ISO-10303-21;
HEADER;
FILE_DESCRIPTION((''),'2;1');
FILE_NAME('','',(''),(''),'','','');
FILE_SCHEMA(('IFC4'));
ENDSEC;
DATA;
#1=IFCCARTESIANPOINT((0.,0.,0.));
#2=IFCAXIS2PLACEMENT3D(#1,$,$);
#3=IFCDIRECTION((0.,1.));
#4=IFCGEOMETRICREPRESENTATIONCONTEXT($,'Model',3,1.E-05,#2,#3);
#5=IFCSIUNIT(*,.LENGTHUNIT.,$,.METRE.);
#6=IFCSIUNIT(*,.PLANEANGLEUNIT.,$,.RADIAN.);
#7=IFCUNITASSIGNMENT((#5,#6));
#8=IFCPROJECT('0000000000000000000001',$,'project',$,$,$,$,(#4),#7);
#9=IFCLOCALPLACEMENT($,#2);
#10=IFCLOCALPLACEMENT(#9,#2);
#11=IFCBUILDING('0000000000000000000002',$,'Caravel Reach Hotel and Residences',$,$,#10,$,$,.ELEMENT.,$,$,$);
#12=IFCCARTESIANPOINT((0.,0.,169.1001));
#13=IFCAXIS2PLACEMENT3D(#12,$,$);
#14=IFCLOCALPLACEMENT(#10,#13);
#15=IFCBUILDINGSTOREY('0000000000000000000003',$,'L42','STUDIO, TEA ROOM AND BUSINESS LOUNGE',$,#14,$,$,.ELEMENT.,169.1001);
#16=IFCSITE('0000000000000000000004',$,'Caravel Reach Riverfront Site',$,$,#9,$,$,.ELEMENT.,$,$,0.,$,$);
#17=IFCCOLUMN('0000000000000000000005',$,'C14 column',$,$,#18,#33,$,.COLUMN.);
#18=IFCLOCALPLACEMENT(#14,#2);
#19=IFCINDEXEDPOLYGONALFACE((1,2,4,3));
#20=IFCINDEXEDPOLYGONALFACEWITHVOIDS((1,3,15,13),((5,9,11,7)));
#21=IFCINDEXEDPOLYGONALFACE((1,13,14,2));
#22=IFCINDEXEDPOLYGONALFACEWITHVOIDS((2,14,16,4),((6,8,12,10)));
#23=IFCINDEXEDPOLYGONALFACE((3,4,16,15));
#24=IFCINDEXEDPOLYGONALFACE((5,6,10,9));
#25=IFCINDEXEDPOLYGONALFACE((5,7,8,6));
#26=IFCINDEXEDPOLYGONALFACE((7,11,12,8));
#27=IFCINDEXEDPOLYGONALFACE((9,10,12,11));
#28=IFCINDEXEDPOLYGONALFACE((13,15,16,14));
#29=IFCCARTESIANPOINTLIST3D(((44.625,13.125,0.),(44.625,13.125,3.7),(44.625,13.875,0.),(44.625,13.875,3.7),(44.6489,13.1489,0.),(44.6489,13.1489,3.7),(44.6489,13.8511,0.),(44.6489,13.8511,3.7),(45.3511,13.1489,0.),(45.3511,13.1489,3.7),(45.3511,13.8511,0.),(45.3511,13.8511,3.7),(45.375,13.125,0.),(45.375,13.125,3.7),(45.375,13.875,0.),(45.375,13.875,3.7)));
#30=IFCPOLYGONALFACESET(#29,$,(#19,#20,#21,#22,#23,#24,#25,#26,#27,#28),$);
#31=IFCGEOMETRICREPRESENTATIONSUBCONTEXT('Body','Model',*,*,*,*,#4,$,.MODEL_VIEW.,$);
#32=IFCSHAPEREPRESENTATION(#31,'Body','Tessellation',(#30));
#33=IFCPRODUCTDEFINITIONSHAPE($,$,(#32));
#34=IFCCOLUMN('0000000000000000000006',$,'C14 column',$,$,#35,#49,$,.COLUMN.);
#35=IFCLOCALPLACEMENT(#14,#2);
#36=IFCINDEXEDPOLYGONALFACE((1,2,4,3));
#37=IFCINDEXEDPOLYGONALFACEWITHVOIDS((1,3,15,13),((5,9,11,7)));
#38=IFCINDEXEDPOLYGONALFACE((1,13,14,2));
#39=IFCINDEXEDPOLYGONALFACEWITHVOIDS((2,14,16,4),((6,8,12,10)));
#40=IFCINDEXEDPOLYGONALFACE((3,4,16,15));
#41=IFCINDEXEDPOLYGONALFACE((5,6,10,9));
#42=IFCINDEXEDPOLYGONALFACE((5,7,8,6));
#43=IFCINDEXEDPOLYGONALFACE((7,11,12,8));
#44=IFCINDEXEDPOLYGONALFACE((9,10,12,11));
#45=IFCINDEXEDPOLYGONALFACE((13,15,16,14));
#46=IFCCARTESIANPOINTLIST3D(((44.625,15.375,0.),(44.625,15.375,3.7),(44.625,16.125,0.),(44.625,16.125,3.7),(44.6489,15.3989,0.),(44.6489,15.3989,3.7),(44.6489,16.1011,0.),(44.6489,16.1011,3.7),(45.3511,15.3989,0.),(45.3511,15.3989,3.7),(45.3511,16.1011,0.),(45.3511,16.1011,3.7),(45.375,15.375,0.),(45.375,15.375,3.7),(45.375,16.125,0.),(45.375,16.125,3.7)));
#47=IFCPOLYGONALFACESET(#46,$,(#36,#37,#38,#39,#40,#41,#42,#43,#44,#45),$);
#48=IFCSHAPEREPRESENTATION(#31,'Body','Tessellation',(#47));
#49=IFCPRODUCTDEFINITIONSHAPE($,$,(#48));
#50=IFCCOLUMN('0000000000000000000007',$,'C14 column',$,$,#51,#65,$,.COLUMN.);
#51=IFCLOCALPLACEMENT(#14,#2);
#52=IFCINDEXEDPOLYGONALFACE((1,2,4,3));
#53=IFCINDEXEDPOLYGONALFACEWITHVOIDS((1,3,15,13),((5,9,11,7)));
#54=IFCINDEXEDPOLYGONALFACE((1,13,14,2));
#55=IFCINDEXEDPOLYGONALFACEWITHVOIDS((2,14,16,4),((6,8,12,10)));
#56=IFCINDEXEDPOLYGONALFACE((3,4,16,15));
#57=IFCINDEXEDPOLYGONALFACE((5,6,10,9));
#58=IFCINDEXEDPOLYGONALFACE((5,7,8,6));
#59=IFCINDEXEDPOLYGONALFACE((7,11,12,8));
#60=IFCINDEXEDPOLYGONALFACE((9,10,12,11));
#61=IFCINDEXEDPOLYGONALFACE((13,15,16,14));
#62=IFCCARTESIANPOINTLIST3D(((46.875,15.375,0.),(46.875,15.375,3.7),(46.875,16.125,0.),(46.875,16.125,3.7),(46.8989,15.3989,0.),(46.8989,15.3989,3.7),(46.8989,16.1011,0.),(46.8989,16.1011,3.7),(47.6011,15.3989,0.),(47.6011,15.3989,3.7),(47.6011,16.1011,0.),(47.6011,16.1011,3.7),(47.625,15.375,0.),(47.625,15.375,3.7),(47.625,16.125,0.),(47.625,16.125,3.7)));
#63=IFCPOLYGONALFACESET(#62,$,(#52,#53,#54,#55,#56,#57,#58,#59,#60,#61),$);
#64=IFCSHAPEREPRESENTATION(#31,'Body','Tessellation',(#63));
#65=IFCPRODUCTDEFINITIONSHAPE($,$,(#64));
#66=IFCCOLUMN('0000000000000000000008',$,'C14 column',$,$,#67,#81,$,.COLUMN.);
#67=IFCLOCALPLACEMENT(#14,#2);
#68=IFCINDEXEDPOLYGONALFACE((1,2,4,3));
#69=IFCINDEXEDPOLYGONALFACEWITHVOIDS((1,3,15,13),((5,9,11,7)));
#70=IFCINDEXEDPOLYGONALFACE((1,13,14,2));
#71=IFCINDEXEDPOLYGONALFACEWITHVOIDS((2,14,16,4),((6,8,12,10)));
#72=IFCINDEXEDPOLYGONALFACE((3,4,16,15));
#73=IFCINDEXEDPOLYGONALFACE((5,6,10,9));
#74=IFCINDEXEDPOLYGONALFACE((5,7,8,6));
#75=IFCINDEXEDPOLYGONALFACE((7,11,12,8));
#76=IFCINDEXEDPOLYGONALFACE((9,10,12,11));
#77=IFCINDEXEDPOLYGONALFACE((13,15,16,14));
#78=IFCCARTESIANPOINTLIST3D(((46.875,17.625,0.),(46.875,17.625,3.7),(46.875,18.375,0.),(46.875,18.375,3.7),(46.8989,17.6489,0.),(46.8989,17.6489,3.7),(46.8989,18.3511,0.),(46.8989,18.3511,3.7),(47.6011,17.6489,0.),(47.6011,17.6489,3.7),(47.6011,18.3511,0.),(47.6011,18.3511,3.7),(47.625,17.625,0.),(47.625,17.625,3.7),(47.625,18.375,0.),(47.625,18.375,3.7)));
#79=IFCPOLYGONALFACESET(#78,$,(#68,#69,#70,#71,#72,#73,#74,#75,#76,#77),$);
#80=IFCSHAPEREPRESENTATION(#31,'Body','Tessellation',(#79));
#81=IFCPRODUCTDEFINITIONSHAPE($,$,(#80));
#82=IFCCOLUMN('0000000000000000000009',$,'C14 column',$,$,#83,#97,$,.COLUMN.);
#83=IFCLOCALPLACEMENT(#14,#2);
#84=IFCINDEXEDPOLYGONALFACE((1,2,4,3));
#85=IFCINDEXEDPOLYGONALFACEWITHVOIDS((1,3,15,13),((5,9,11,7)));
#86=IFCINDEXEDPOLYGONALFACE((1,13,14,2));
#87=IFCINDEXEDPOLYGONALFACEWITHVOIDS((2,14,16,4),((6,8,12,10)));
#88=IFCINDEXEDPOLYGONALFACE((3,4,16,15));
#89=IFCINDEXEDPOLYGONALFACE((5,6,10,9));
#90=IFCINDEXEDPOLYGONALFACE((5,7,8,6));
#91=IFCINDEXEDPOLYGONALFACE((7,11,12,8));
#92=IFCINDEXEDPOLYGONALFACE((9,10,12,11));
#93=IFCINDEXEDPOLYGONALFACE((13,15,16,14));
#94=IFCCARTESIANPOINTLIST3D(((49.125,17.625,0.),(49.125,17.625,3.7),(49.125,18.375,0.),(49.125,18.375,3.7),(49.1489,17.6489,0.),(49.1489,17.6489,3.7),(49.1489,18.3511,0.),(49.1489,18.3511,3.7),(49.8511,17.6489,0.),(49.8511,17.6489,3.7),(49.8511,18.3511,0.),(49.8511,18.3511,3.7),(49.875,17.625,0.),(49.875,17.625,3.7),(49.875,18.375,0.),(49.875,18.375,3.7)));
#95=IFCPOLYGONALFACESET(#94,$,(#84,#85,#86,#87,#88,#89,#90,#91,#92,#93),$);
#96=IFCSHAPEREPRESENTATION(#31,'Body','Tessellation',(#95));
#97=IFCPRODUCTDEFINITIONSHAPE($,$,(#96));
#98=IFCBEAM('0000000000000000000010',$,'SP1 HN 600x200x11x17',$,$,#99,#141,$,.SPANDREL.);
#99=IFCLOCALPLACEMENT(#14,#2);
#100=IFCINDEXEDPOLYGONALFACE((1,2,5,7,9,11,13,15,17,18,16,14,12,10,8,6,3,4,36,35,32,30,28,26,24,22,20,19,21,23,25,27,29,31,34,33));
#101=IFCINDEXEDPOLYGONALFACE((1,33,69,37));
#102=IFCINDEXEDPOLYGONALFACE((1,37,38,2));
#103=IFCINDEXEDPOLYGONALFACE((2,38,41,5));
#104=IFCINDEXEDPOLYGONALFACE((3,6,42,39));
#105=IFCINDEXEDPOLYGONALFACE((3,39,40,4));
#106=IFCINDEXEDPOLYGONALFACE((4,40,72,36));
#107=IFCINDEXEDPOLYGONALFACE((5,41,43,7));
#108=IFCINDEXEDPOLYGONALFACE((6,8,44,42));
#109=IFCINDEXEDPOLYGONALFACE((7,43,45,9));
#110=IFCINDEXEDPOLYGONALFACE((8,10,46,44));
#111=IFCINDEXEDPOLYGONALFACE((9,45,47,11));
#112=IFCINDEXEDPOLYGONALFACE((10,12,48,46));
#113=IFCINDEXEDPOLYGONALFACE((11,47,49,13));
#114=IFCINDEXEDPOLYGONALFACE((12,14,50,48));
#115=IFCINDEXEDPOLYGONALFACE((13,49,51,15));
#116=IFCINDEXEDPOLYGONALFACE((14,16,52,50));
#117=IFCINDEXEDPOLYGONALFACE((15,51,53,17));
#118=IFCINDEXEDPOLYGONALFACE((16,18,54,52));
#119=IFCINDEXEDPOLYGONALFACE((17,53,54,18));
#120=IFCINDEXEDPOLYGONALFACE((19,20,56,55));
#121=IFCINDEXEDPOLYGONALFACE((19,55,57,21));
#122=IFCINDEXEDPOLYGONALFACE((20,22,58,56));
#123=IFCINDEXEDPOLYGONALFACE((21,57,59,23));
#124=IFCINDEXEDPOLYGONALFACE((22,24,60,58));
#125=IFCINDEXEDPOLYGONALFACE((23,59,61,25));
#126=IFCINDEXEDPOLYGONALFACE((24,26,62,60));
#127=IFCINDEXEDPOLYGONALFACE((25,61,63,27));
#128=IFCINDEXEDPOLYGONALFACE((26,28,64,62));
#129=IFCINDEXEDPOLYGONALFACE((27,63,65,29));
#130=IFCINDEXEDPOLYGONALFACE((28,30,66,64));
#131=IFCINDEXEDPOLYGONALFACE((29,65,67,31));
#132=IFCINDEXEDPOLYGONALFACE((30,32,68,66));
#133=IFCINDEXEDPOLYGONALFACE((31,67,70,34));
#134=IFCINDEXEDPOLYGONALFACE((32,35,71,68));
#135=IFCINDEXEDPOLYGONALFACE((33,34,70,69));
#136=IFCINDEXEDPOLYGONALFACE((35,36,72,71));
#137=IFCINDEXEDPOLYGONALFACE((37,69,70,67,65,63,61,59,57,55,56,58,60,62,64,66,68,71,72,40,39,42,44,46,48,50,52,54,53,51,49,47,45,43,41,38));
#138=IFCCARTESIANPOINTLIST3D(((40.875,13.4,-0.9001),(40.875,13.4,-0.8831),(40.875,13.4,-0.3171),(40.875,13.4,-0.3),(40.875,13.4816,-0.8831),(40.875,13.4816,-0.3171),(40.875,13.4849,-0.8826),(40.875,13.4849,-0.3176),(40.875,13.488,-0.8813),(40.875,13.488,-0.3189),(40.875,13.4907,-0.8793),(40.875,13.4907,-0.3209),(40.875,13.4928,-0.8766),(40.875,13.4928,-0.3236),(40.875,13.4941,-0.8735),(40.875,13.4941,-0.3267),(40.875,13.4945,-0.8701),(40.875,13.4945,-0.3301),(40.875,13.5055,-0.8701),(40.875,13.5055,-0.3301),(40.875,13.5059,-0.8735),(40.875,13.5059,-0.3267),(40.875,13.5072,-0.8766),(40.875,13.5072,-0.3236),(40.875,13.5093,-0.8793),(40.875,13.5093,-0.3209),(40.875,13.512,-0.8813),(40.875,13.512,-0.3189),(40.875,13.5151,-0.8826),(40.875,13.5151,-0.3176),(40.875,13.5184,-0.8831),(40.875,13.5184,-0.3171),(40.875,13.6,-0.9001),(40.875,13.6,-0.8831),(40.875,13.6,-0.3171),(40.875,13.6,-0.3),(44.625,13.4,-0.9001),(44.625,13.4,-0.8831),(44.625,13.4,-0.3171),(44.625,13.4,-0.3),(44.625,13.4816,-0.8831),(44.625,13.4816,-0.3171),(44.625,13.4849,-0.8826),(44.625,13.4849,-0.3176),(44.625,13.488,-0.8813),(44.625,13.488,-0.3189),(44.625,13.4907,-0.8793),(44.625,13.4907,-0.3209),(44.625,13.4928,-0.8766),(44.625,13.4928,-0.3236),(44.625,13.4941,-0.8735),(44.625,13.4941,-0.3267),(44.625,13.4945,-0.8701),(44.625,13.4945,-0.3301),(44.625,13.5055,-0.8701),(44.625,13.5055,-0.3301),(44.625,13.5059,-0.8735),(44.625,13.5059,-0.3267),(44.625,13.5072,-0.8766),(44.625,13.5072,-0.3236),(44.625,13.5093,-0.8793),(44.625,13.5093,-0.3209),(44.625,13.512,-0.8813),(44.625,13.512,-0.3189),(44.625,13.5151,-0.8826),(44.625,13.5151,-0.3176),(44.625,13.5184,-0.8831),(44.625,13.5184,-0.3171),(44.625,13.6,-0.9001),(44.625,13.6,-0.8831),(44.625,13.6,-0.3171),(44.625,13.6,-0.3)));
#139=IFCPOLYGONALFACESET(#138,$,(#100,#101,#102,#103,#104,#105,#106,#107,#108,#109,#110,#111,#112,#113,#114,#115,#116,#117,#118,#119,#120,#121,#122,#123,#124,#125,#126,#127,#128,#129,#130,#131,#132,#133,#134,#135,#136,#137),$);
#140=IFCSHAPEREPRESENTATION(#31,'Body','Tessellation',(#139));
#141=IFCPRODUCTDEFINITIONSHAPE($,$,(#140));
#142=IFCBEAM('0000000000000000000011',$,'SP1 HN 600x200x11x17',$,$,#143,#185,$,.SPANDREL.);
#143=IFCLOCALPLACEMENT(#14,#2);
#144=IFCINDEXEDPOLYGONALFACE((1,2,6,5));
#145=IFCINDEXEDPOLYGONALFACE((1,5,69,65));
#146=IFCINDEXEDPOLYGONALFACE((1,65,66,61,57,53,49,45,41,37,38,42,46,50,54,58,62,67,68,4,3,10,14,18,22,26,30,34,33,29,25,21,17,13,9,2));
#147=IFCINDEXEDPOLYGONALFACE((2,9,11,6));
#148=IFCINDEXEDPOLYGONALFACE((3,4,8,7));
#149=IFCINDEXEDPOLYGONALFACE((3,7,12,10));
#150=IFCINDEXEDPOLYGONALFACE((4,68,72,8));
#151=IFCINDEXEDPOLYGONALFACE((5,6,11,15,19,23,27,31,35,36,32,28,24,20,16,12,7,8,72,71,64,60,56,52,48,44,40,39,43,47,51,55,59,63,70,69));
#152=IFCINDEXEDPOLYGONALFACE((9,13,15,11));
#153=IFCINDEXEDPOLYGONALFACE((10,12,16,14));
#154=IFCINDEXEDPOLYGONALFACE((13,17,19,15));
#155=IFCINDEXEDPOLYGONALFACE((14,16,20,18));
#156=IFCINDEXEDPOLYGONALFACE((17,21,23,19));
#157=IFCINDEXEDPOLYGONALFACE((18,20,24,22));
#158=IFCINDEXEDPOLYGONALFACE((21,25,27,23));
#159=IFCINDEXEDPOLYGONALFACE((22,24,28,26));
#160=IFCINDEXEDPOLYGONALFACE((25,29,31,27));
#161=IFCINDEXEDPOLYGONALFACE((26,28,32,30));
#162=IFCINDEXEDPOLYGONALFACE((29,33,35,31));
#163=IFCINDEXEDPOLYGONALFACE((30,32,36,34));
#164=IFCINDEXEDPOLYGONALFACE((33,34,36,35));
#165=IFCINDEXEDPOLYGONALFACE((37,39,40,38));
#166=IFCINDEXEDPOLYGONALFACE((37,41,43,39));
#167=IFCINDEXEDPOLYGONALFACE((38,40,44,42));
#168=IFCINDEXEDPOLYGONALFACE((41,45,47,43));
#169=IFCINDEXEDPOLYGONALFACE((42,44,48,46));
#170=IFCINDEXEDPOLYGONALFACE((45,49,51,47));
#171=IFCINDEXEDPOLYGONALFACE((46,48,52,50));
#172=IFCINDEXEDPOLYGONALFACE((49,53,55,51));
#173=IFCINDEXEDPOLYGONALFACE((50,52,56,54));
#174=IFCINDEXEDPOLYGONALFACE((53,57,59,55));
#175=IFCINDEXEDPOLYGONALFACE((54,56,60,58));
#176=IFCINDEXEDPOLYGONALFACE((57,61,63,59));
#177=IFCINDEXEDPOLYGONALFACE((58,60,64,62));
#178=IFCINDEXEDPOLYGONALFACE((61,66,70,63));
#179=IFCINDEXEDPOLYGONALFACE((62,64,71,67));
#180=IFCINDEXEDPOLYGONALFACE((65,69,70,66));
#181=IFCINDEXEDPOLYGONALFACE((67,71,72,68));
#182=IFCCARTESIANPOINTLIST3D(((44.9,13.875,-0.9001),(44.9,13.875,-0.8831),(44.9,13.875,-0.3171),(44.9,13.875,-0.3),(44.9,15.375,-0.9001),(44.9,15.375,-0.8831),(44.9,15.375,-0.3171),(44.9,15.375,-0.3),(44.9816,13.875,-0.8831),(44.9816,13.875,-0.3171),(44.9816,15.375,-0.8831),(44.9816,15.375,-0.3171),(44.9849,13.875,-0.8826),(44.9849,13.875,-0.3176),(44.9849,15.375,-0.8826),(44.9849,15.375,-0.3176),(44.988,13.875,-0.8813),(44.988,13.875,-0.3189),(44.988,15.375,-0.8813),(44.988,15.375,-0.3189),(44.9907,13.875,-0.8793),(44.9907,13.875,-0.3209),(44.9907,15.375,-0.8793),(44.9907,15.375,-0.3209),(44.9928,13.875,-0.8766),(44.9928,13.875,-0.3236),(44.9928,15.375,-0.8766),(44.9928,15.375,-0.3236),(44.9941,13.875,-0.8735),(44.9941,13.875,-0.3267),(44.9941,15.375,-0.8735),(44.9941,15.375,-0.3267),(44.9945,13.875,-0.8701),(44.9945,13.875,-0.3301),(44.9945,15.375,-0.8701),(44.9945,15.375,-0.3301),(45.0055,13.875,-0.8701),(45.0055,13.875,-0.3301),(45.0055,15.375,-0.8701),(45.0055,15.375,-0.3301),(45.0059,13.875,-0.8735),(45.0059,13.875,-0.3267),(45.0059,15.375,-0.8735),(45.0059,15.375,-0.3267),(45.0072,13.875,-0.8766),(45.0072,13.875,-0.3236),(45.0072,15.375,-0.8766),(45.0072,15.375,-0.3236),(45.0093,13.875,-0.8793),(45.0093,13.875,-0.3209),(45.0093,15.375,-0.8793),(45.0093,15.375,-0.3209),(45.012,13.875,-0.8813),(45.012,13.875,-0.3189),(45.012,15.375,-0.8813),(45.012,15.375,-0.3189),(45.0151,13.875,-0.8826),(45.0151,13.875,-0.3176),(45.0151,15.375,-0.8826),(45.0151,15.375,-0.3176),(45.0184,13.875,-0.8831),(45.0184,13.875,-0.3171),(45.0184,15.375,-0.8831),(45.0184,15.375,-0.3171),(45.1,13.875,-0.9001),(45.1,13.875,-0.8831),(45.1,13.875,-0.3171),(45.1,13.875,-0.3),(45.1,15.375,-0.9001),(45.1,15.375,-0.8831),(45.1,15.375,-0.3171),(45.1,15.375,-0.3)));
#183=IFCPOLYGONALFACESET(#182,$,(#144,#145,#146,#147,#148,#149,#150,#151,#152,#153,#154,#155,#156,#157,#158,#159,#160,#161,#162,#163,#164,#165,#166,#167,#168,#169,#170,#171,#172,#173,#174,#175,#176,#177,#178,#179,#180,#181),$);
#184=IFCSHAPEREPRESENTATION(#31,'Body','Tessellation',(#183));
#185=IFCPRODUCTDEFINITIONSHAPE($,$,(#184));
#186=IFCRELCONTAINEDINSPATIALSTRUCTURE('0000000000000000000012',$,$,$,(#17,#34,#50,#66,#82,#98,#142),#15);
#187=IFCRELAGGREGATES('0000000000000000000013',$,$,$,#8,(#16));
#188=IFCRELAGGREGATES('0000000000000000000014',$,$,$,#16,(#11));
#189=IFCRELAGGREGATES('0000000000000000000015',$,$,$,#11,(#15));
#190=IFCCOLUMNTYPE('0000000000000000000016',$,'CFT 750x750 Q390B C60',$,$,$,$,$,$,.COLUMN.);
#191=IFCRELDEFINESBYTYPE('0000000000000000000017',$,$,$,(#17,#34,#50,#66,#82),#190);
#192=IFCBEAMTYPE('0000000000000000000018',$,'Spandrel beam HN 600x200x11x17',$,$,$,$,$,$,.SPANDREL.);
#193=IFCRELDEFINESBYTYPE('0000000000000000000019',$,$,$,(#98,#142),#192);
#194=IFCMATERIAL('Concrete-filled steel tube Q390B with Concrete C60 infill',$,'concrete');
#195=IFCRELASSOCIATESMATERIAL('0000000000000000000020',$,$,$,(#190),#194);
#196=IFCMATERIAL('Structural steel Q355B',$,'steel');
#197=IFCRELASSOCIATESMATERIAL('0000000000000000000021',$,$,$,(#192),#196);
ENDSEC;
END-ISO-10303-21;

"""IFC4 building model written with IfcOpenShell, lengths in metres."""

from ifc_helpers import new_model, si_unit, direction, frame, origin, origin_2d, place, context, subcontext, project, spatial, hollow_rectangle, i_section, extrude, material, material_profile, profile_set, type_object, element, save


model = new_model("IFC4")

# Units and contexts
model_context = context("Model", 3, precision=1e-05, world=origin(), true_north=direction((0.0, 1.0)))
body_context = subcontext(model_context, "Body", "Model", "MODEL_VIEW")
ifc_project = project(units=[si_unit("LENGTHUNIT", "METRE"), si_unit("PLANEANGLEUNIT", "RADIAN")], contexts=[model_context])

# Site, building, storey
site_placement = place(None, origin())
site = spatial("IfcSite", under=ifc_project, at=site_placement, Name="Caravel Reach Riverfront Site", CompositionType="ELEMENT", RefElevation=0.0)
building_placement = place(site_placement, origin())
building = spatial("IfcBuilding", under=site, at=building_placement, Name="Caravel Reach Hotel and Residences", CompositionType="ELEMENT")
storey_placement = place(building_placement, frame((0.0, 0.0, 169.1001)))
storey = spatial("IfcBuildingStorey", under=building, at=storey_placement, Name="L42", Description="STUDIO, TEA ROOM AND BUSINESS LOUNGE", CompositionType="ELEMENT", Elevation=169.1001)

# Columns
ifc_material_1 = material(Name="Concrete-filled steel tube Q390B with Concrete C60 infill", Category="concrete")
ifc_material_profile_1 = material_profile(ifc_material_1, hollow_rectangle(XDim=0.75, YDim=0.75, WallThickness=0.0239, at=origin_2d()), Name="RHS 750x750x24")
ifc_profile_set_1 = profile_set([ifc_material_profile_1], Name="Concrete-filled steel tube Q390B with Concrete C60 infill")
column_type = type_object("IfcColumnType", Name="CFT 750x750 Q390B C60", PredefinedType="COLUMN", material=ifc_profile_set_1)
for number, where, z_axis, x_axis, name in (
    (1, (45.0, 13.5, 0.0), (0.0, 0.0, 1.0), (1.0, 0.0, 0.0), "C14 column"),
    (2, (45.0, 15.75, 0.0), (0.0, 0.0, 1.0), (1.0, 0.0, 0.0), "C14 column"),
    (3, (47.25, 15.75, 0.0), (0.0, 0.0, 1.0), (1.0, 0.0, 0.0), "C14 column"),
    (4, (47.25, 18.0, 0.0), (0.0, 0.0, 1.0), (1.0, 0.0, 0.0), "C14 column"),
    (5, (49.5, 18.0, 0.0), (0.0, 0.0, 1.0), (1.0, 0.0, 0.0), "C14 column"),
):
    element("IfcColumn", number, at=place(storey_placement, frame(where, z_axis=z_axis, x_axis=x_axis)), inside=storey, type_object=column_type, Name=name, PredefinedType="COLUMN", context=body_context, shape_type="SweptSolid", body=[
        extrude(hollow_rectangle(XDim=0.75, YDim=0.75, WallThickness=0.0239, at=origin_2d()), origin(), (0.0, 0.0, 1.0), 3.7),
    ])

# Beams
ifc_material_2 = material(Name="Structural steel Q355B", Category="steel")
ifc_material_profile_2 = material_profile(ifc_material_2, i_section(OverallWidth=0.2, OverallDepth=0.6001, WebThickness=0.011, FlangeThickness=0.0171, FilletRadius=0.0129, at=origin_2d()), Name="HN 600x200x11x17")
ifc_profile_set_2 = profile_set([ifc_material_profile_2], Name="Structural steel Q355B")
beam_type = type_object("IfcBeamType", Name="Spandrel beam HN 600x200x11x17", PredefinedType="SPANDREL", material=ifc_profile_set_2)
beam_placement = place(storey_placement, frame((40.875, 13.5, -0.6001), z_axis=(1.0, 0.0, 0.0), x_axis=(0.0, 1.0, 0.0)))
element("IfcBeam", 6, at=beam_placement, inside=storey, type_object=beam_type, Name="SP1 HN 600x200x11x17", PredefinedType="SPANDREL", context=body_context, shape_type="SweptSolid", body=[
    extrude(i_section(OverallWidth=0.2, OverallDepth=0.6001, WebThickness=0.011, FlangeThickness=0.0171, FilletRadius=0.0129, at=origin_2d()), origin(), (0.0, 0.0, 1.0), 3.75),
])
for number, where, z_axis, x_axis, name in (
    (7, (45.0, 13.875, -0.6001), (0.0, 1.0, 0.0), (-1.0, 0.0, 0.0), "SP1 HN 600x200x11x17"),
):
    element("IfcBeam", number, at=place(storey_placement, frame(where, z_axis=z_axis, x_axis=x_axis)), inside=storey, type_object=beam_type, Name=name, PredefinedType="SPANDREL", context=body_context, shape_type="SweptSolid", body=[
        extrude(i_section(OverallWidth=0.2, OverallDepth=0.6001, WebThickness=0.011, FlangeThickness=0.0171, FilletRadius=0.0129, at=origin_2d()), origin(), (0.0, 0.0, 1.0), 1.5),
    ])

save(model, "model.ifc")
